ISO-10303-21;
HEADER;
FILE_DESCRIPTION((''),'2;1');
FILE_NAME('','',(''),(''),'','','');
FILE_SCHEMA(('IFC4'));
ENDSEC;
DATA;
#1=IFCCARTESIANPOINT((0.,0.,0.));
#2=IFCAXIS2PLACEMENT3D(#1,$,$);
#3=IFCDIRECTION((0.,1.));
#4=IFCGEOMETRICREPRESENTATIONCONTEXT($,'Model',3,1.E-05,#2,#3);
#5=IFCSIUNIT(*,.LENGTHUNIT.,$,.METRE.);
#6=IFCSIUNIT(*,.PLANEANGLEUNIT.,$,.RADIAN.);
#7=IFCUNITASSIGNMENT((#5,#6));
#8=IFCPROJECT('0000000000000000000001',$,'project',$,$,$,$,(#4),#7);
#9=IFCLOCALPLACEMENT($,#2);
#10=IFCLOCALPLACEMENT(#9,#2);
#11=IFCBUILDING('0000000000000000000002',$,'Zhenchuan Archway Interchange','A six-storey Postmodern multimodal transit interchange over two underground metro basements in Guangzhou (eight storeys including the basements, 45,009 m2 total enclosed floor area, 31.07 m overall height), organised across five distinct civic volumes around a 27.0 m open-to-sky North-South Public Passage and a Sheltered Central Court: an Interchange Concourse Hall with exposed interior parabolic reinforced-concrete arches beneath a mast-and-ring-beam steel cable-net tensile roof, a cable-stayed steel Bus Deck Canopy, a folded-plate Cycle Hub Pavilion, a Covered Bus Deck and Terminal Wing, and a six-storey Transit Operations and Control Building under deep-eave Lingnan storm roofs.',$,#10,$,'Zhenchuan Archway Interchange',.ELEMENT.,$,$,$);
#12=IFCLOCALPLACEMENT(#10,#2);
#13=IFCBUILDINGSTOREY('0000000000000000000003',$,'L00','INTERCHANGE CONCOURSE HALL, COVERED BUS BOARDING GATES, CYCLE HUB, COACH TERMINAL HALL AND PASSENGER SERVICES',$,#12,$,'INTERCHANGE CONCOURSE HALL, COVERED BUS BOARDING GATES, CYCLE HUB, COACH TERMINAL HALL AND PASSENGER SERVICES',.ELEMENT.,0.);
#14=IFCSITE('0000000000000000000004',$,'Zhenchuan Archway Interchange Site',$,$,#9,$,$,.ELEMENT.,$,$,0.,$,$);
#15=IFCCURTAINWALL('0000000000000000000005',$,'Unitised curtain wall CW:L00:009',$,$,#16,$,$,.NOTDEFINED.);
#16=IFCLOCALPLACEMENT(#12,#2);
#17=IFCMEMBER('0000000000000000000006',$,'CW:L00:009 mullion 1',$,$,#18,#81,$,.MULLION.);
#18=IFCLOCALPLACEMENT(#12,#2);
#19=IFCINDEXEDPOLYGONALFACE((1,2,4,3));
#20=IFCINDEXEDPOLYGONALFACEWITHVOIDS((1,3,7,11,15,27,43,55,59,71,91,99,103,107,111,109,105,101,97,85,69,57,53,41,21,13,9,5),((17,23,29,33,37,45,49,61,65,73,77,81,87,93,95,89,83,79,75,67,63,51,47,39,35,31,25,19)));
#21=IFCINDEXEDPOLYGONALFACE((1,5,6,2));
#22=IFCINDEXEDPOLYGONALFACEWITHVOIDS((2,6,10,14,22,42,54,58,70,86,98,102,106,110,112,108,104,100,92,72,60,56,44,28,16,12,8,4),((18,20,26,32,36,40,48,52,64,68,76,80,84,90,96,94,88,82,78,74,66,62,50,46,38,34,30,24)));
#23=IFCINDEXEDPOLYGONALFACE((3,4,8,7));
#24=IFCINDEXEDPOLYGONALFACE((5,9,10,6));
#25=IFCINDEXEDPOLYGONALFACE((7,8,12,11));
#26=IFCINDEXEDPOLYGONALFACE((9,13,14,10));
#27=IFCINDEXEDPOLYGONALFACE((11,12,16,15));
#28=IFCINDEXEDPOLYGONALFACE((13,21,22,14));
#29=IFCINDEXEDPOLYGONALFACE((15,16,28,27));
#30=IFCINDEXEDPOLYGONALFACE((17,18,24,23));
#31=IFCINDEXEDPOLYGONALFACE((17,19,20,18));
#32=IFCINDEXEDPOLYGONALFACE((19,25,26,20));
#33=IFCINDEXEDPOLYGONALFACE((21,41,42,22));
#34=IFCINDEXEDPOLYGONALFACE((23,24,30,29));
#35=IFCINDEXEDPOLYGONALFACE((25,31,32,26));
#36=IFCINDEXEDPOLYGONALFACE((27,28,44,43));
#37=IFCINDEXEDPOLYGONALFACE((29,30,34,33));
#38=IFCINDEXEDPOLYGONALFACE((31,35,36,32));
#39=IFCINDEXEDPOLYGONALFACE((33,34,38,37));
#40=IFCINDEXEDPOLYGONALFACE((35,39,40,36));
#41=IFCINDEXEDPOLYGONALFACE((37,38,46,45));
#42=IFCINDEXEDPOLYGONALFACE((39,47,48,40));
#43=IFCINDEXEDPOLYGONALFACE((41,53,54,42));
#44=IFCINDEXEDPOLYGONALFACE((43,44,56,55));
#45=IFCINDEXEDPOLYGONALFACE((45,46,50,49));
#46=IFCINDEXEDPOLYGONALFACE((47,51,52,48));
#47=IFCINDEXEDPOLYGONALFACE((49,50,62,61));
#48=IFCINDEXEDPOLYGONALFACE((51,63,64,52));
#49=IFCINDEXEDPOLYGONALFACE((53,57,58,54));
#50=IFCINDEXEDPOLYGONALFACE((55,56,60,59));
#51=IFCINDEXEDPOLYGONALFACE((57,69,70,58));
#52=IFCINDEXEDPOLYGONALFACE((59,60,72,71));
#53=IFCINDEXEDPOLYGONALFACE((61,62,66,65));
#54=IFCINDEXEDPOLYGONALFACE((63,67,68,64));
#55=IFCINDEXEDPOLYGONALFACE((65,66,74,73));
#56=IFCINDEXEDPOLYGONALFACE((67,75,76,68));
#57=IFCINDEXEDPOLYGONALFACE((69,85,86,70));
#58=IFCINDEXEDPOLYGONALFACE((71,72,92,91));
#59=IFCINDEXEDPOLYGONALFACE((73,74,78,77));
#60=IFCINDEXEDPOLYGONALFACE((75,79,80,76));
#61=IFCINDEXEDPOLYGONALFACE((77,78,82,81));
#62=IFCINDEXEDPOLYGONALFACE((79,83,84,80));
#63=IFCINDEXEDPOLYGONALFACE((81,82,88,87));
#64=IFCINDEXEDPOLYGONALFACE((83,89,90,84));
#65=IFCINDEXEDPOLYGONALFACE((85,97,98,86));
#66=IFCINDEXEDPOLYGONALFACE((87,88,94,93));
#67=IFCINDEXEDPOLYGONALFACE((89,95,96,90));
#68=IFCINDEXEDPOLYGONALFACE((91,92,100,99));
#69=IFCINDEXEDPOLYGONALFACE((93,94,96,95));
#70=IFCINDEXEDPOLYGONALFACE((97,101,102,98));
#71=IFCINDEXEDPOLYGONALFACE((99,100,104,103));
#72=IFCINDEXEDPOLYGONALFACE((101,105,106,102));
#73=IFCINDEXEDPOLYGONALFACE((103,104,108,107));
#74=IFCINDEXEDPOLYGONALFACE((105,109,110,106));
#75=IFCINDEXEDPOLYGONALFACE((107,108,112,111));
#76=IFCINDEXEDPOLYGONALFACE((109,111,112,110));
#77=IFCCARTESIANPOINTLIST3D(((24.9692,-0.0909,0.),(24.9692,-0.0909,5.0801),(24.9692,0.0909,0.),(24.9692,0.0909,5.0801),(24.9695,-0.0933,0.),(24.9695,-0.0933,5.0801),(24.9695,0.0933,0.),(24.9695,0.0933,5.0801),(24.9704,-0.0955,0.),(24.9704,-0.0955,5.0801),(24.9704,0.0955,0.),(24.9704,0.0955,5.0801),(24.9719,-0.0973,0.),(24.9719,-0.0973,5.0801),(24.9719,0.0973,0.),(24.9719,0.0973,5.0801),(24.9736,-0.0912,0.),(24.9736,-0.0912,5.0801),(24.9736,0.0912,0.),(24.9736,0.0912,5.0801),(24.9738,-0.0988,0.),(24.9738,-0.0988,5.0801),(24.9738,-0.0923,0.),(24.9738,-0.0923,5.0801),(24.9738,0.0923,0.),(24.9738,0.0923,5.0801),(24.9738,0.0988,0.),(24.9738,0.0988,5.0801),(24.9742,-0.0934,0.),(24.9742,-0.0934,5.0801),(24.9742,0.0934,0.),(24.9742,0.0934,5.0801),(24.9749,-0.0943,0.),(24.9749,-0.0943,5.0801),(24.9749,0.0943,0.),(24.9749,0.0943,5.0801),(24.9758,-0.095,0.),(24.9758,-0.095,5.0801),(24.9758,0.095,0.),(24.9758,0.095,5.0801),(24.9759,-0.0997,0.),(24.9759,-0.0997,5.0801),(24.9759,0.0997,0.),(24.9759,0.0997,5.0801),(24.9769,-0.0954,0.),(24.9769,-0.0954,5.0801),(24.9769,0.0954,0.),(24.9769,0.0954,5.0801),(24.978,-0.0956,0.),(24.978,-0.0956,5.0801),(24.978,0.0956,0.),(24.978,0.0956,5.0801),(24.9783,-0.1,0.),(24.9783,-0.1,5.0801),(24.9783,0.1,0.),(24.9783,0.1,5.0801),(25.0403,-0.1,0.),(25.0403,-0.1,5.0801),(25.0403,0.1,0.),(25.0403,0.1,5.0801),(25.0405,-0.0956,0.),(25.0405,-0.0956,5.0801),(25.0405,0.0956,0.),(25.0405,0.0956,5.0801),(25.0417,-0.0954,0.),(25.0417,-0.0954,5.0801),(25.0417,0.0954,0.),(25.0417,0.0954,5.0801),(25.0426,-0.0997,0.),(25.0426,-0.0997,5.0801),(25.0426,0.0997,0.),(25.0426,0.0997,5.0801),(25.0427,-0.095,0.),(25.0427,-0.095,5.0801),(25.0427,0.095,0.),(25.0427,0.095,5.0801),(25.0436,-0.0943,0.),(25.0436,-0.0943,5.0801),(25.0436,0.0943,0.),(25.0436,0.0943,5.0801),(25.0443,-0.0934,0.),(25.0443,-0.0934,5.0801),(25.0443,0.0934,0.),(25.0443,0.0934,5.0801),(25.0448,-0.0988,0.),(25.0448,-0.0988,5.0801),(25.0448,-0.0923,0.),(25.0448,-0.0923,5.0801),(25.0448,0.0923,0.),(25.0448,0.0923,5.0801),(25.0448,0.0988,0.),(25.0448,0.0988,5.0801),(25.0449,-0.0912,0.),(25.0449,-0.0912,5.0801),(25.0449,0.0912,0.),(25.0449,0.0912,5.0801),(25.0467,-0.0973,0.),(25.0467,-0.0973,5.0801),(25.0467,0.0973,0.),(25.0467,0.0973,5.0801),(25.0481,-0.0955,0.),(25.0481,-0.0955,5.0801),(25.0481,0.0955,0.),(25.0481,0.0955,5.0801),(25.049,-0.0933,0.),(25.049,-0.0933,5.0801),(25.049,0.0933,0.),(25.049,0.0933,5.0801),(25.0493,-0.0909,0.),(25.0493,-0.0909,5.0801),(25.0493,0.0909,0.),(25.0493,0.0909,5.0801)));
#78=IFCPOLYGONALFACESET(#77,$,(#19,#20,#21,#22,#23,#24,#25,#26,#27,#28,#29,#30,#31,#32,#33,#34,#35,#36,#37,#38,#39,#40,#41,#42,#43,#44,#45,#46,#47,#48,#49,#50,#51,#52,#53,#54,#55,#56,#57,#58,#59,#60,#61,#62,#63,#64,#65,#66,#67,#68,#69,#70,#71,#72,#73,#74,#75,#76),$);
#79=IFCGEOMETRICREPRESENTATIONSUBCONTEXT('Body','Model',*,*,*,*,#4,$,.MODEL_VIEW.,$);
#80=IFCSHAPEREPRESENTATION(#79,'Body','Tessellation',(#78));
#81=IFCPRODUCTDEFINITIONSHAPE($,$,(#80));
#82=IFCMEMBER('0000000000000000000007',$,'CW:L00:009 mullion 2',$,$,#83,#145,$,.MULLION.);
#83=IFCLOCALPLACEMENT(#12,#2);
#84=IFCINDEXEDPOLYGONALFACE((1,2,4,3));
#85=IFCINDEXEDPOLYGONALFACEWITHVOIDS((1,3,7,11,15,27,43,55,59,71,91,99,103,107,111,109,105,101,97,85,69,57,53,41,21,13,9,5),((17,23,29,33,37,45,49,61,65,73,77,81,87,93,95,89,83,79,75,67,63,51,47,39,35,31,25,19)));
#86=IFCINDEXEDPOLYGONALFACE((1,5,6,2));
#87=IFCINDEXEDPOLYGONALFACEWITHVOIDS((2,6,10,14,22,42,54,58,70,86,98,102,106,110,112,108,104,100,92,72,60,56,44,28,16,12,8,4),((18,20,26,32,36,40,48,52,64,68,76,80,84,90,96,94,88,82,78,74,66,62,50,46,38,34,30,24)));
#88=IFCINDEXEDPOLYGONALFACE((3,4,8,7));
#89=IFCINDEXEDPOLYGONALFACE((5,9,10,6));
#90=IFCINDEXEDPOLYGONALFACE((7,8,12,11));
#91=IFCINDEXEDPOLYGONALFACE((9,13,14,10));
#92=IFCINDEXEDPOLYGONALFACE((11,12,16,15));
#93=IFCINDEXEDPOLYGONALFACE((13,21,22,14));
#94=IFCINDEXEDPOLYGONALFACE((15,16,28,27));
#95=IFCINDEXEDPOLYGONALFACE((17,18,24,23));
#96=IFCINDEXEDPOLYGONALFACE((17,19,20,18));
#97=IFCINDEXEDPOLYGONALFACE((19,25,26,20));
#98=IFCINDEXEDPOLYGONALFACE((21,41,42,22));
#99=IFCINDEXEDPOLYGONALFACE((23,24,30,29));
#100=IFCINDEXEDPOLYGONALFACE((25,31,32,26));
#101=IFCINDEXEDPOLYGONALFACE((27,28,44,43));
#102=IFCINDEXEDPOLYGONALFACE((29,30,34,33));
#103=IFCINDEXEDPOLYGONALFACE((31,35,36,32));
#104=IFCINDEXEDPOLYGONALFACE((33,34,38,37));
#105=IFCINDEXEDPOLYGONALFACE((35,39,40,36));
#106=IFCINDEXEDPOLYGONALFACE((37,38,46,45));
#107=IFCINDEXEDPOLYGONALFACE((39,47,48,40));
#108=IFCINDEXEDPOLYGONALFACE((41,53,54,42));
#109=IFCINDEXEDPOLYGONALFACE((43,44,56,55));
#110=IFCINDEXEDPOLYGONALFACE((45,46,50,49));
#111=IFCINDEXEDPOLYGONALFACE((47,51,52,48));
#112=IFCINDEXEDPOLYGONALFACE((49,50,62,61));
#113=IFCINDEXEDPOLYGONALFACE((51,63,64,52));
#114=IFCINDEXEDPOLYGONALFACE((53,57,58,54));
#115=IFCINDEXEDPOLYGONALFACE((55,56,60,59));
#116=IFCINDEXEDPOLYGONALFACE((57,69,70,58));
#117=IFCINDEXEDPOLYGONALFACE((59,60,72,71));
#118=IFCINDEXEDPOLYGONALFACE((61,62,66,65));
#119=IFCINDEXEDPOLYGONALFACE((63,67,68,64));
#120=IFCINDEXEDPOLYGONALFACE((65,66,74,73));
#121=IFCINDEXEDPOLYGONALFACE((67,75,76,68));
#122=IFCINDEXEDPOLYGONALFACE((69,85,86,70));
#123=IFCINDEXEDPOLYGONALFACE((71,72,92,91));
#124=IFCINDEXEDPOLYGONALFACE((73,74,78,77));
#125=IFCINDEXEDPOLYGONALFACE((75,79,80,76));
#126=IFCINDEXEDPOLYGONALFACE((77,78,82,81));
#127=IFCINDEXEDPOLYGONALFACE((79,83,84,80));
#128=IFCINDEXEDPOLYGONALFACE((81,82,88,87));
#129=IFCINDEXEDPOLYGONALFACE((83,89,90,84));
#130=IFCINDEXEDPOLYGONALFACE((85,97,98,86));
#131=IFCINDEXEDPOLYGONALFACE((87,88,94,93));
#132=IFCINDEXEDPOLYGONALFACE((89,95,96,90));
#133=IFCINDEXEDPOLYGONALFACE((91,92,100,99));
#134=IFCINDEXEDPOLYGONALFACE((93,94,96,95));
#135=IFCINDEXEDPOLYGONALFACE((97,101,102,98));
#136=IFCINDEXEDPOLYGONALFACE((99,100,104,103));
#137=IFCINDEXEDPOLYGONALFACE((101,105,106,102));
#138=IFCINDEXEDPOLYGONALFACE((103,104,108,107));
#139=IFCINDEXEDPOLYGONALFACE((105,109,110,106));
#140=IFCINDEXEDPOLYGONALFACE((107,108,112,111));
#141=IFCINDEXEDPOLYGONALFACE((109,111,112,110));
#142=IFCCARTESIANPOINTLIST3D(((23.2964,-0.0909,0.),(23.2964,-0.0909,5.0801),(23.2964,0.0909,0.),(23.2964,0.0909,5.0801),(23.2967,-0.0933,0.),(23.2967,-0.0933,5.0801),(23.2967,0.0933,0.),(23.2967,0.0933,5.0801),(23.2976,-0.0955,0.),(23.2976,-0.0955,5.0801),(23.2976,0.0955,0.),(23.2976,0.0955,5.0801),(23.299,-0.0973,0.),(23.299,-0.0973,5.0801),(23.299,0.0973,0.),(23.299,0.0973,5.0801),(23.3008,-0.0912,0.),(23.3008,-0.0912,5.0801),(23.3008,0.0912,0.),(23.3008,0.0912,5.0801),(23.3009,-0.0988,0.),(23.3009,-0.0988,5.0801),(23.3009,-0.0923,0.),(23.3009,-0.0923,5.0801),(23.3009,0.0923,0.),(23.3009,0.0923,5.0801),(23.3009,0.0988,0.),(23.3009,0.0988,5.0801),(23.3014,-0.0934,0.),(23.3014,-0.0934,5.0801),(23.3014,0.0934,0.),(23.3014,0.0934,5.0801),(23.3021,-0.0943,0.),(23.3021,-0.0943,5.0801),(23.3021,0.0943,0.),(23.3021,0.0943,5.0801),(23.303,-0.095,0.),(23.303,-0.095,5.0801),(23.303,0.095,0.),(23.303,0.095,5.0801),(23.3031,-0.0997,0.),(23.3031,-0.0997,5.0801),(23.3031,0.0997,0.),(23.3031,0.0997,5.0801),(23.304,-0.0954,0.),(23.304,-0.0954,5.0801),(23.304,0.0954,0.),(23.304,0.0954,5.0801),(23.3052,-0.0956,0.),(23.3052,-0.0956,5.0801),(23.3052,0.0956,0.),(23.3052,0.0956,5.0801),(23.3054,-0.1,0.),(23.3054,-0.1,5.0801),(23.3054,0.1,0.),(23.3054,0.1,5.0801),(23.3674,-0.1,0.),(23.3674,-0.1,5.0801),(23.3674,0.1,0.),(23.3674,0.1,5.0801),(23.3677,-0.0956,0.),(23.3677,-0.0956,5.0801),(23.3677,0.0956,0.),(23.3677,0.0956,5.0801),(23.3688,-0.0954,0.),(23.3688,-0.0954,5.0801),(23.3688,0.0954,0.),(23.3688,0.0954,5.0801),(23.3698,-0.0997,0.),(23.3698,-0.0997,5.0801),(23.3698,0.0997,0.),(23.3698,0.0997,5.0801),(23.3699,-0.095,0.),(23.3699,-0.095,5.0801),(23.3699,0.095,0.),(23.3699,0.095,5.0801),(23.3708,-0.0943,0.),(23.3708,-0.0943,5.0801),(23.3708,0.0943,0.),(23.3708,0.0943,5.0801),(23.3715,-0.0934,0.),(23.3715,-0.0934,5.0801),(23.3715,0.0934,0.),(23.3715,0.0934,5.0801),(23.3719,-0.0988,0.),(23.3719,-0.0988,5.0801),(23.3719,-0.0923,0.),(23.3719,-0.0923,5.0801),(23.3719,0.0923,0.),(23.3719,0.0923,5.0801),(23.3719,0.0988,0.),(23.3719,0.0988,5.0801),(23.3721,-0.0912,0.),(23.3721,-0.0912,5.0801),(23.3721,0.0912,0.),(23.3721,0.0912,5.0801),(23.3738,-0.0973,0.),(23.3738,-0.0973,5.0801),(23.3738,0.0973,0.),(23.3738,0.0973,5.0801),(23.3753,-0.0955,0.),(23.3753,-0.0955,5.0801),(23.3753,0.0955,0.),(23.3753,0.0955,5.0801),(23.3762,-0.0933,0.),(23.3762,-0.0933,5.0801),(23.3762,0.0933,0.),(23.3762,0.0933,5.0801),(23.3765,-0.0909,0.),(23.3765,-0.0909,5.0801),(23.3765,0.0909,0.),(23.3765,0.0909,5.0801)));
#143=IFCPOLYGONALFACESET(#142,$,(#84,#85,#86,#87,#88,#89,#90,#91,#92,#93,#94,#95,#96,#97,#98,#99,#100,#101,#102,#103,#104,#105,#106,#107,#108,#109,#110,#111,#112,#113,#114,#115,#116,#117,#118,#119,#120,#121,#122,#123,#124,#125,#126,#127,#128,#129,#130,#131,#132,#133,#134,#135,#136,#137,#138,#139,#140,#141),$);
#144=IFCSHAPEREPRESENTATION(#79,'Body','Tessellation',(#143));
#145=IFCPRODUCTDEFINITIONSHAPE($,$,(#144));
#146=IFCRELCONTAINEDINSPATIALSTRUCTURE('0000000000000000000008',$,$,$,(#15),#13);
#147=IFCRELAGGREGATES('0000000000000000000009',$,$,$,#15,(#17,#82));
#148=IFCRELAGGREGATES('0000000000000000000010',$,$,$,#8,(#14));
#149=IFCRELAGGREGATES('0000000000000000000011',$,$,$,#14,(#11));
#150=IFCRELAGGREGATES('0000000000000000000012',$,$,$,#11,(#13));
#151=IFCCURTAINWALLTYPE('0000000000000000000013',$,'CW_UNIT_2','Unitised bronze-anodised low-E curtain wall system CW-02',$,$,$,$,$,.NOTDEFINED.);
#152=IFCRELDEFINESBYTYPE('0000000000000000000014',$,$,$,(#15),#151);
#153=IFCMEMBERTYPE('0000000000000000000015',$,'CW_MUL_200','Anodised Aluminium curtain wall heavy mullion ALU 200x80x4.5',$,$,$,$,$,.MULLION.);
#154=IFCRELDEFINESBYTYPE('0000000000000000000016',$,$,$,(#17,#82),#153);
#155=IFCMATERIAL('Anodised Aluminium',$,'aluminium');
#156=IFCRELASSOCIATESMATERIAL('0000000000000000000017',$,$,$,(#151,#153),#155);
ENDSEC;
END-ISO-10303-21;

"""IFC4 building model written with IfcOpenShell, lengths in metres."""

from ifc_helpers import new_model, si_unit, direction, frame, origin, origin_2d, place, context, subcontext, project, spatial, hollow_rectangle, extrude, material, material_profile, profile_set, type_object, element, aggregate, save


model = new_model("IFC4")

# Units and contexts
model_context = context("Model", 3, precision=1e-05, world=origin(), true_north=direction((0.0, 1.0)))
body_context = subcontext(model_context, "Body", "Model", "MODEL_VIEW")
ifc_project = project(units=[si_unit("LENGTHUNIT", "METRE"), si_unit("PLANEANGLEUNIT", "RADIAN")], contexts=[model_context])

# Site, building, storey
site_placement = place(None, origin())
site = spatial("IfcSite", under=ifc_project, at=site_placement, Name="Zhenchuan Archway Interchange Site", CompositionType="ELEMENT", RefElevation=0.0)
building_placement = place(site_placement, origin())
building = spatial("IfcBuilding", under=site, at=building_placement, Name="Zhenchuan Archway Interchange", Description="A six-storey Postmodern multimodal transit interchange over two underground metro basements in Guangzhou (eight storeys including the basements, 45,009 m2 total enclosed floor area, 31.07 m overall height), organised across five distinct civic volumes around a 27.0 m open-to-sky North-South Public Passage and a Sheltered Central Court: an Interchange Concourse Hall with exposed interior parabolic reinforced-concrete arches beneath a mast-and-ring-beam steel cable-net tensile roof, a cable-stayed steel Bus Deck Canopy, a folded-plate Cycle Hub Pavilion, a Covered Bus Deck and Terminal Wing, and a six-storey Transit Operations and Control Building under deep-eave Lingnan storm roofs.", LongName="Zhenchuan Archway Interchange", CompositionType="ELEMENT")
storey_placement = place(building_placement, origin())
storey = spatial("IfcBuildingStorey", under=building, at=storey_placement, Name="L00", Description="INTERCHANGE CONCOURSE HALL, COVERED BUS BOARDING GATES, CYCLE HUB, COACH TERMINAL HALL AND PASSENGER SERVICES", LongName="INTERCHANGE CONCOURSE HALL, COVERED BUS BOARDING GATES, CYCLE HUB, COACH TERMINAL HALL AND PASSENGER SERVICES", CompositionType="ELEMENT", Elevation=0.0)

# Curtain wall, members
ifc_material_1 = material(Name="Anodised Aluminium", Category="aluminium")
curtain_wall_type = type_object("IfcCurtainWallType", Name="CW_UNIT_2", Description="Unitised bronze-anodised low-E curtain wall system CW-02", PredefinedType="NOTDEFINED", material=ifc_material_1)
curtain_wall_placement = place(storey_placement, origin())
curtain_wall = element("IfcCurtainWall", 1, at=curtain_wall_placement, inside=storey, type_object=curtain_wall_type, Name="Unitised curtain wall CW:L00:009", PredefinedType="NOTDEFINED")
ifc_material_profile_1 = material_profile(ifc_material_1, hollow_rectangle(XDim=0.0801, YDim=0.2, WallThickness=0.0044, InnerFilletRadius=0.0044, OuterFilletRadius=0.009, at=origin_2d()), Name="ALU 200x80x4.5")
ifc_profile_set_1 = profile_set([ifc_material_profile_1], Name="Anodised Aluminium")
member_type_1 = type_object("IfcMemberType", Name="CW_MUL_200", Description="Anodised Aluminium curtain wall heavy mullion ALU 200x80x4.5", PredefinedType="MULLION", material=ifc_profile_set_1)
member_1_placement = place(storey_placement, frame((25.0093, 0.0, 0.0), z_axis=(0.0, 0.0, 1.0), x_axis=(1.0, 0.0, 0.0)))
member_1 = element("IfcMember", 2, at=member_1_placement, type_object=member_type_1, Name="CW:L00:009 mullion 1", PredefinedType="MULLION", context=body_context, shape_type="SweptSolid", body=[
    extrude(hollow_rectangle(XDim=0.0801, YDim=0.2, WallThickness=0.0044, InnerFilletRadius=0.0044, OuterFilletRadius=0.009, at=origin_2d()), origin(), (0.0, 0.0, 1.0), 5.0801),
])
member_2_placement = place(storey_placement, frame((23.3364, 0.0, 0.0), z_axis=(0.0, 0.0, 1.0), x_axis=(1.0, 0.0, 0.0)))
member_2 = element("IfcMember", 3, at=member_2_placement, type_object=member_type_1, Name="CW:L00:009 mullion 2", PredefinedType="MULLION", context=body_context, shape_type="SweptSolid", body=[
    extrude(hollow_rectangle(XDim=0.0801, YDim=0.2, WallThickness=0.0044, InnerFilletRadius=0.0044, OuterFilletRadius=0.009, at=origin_2d()), origin(), (0.0, 0.0, 1.0), 5.0801),
])

aggregate(curtain_wall, [member_1, member_2])

save(model, "model.ifc")
